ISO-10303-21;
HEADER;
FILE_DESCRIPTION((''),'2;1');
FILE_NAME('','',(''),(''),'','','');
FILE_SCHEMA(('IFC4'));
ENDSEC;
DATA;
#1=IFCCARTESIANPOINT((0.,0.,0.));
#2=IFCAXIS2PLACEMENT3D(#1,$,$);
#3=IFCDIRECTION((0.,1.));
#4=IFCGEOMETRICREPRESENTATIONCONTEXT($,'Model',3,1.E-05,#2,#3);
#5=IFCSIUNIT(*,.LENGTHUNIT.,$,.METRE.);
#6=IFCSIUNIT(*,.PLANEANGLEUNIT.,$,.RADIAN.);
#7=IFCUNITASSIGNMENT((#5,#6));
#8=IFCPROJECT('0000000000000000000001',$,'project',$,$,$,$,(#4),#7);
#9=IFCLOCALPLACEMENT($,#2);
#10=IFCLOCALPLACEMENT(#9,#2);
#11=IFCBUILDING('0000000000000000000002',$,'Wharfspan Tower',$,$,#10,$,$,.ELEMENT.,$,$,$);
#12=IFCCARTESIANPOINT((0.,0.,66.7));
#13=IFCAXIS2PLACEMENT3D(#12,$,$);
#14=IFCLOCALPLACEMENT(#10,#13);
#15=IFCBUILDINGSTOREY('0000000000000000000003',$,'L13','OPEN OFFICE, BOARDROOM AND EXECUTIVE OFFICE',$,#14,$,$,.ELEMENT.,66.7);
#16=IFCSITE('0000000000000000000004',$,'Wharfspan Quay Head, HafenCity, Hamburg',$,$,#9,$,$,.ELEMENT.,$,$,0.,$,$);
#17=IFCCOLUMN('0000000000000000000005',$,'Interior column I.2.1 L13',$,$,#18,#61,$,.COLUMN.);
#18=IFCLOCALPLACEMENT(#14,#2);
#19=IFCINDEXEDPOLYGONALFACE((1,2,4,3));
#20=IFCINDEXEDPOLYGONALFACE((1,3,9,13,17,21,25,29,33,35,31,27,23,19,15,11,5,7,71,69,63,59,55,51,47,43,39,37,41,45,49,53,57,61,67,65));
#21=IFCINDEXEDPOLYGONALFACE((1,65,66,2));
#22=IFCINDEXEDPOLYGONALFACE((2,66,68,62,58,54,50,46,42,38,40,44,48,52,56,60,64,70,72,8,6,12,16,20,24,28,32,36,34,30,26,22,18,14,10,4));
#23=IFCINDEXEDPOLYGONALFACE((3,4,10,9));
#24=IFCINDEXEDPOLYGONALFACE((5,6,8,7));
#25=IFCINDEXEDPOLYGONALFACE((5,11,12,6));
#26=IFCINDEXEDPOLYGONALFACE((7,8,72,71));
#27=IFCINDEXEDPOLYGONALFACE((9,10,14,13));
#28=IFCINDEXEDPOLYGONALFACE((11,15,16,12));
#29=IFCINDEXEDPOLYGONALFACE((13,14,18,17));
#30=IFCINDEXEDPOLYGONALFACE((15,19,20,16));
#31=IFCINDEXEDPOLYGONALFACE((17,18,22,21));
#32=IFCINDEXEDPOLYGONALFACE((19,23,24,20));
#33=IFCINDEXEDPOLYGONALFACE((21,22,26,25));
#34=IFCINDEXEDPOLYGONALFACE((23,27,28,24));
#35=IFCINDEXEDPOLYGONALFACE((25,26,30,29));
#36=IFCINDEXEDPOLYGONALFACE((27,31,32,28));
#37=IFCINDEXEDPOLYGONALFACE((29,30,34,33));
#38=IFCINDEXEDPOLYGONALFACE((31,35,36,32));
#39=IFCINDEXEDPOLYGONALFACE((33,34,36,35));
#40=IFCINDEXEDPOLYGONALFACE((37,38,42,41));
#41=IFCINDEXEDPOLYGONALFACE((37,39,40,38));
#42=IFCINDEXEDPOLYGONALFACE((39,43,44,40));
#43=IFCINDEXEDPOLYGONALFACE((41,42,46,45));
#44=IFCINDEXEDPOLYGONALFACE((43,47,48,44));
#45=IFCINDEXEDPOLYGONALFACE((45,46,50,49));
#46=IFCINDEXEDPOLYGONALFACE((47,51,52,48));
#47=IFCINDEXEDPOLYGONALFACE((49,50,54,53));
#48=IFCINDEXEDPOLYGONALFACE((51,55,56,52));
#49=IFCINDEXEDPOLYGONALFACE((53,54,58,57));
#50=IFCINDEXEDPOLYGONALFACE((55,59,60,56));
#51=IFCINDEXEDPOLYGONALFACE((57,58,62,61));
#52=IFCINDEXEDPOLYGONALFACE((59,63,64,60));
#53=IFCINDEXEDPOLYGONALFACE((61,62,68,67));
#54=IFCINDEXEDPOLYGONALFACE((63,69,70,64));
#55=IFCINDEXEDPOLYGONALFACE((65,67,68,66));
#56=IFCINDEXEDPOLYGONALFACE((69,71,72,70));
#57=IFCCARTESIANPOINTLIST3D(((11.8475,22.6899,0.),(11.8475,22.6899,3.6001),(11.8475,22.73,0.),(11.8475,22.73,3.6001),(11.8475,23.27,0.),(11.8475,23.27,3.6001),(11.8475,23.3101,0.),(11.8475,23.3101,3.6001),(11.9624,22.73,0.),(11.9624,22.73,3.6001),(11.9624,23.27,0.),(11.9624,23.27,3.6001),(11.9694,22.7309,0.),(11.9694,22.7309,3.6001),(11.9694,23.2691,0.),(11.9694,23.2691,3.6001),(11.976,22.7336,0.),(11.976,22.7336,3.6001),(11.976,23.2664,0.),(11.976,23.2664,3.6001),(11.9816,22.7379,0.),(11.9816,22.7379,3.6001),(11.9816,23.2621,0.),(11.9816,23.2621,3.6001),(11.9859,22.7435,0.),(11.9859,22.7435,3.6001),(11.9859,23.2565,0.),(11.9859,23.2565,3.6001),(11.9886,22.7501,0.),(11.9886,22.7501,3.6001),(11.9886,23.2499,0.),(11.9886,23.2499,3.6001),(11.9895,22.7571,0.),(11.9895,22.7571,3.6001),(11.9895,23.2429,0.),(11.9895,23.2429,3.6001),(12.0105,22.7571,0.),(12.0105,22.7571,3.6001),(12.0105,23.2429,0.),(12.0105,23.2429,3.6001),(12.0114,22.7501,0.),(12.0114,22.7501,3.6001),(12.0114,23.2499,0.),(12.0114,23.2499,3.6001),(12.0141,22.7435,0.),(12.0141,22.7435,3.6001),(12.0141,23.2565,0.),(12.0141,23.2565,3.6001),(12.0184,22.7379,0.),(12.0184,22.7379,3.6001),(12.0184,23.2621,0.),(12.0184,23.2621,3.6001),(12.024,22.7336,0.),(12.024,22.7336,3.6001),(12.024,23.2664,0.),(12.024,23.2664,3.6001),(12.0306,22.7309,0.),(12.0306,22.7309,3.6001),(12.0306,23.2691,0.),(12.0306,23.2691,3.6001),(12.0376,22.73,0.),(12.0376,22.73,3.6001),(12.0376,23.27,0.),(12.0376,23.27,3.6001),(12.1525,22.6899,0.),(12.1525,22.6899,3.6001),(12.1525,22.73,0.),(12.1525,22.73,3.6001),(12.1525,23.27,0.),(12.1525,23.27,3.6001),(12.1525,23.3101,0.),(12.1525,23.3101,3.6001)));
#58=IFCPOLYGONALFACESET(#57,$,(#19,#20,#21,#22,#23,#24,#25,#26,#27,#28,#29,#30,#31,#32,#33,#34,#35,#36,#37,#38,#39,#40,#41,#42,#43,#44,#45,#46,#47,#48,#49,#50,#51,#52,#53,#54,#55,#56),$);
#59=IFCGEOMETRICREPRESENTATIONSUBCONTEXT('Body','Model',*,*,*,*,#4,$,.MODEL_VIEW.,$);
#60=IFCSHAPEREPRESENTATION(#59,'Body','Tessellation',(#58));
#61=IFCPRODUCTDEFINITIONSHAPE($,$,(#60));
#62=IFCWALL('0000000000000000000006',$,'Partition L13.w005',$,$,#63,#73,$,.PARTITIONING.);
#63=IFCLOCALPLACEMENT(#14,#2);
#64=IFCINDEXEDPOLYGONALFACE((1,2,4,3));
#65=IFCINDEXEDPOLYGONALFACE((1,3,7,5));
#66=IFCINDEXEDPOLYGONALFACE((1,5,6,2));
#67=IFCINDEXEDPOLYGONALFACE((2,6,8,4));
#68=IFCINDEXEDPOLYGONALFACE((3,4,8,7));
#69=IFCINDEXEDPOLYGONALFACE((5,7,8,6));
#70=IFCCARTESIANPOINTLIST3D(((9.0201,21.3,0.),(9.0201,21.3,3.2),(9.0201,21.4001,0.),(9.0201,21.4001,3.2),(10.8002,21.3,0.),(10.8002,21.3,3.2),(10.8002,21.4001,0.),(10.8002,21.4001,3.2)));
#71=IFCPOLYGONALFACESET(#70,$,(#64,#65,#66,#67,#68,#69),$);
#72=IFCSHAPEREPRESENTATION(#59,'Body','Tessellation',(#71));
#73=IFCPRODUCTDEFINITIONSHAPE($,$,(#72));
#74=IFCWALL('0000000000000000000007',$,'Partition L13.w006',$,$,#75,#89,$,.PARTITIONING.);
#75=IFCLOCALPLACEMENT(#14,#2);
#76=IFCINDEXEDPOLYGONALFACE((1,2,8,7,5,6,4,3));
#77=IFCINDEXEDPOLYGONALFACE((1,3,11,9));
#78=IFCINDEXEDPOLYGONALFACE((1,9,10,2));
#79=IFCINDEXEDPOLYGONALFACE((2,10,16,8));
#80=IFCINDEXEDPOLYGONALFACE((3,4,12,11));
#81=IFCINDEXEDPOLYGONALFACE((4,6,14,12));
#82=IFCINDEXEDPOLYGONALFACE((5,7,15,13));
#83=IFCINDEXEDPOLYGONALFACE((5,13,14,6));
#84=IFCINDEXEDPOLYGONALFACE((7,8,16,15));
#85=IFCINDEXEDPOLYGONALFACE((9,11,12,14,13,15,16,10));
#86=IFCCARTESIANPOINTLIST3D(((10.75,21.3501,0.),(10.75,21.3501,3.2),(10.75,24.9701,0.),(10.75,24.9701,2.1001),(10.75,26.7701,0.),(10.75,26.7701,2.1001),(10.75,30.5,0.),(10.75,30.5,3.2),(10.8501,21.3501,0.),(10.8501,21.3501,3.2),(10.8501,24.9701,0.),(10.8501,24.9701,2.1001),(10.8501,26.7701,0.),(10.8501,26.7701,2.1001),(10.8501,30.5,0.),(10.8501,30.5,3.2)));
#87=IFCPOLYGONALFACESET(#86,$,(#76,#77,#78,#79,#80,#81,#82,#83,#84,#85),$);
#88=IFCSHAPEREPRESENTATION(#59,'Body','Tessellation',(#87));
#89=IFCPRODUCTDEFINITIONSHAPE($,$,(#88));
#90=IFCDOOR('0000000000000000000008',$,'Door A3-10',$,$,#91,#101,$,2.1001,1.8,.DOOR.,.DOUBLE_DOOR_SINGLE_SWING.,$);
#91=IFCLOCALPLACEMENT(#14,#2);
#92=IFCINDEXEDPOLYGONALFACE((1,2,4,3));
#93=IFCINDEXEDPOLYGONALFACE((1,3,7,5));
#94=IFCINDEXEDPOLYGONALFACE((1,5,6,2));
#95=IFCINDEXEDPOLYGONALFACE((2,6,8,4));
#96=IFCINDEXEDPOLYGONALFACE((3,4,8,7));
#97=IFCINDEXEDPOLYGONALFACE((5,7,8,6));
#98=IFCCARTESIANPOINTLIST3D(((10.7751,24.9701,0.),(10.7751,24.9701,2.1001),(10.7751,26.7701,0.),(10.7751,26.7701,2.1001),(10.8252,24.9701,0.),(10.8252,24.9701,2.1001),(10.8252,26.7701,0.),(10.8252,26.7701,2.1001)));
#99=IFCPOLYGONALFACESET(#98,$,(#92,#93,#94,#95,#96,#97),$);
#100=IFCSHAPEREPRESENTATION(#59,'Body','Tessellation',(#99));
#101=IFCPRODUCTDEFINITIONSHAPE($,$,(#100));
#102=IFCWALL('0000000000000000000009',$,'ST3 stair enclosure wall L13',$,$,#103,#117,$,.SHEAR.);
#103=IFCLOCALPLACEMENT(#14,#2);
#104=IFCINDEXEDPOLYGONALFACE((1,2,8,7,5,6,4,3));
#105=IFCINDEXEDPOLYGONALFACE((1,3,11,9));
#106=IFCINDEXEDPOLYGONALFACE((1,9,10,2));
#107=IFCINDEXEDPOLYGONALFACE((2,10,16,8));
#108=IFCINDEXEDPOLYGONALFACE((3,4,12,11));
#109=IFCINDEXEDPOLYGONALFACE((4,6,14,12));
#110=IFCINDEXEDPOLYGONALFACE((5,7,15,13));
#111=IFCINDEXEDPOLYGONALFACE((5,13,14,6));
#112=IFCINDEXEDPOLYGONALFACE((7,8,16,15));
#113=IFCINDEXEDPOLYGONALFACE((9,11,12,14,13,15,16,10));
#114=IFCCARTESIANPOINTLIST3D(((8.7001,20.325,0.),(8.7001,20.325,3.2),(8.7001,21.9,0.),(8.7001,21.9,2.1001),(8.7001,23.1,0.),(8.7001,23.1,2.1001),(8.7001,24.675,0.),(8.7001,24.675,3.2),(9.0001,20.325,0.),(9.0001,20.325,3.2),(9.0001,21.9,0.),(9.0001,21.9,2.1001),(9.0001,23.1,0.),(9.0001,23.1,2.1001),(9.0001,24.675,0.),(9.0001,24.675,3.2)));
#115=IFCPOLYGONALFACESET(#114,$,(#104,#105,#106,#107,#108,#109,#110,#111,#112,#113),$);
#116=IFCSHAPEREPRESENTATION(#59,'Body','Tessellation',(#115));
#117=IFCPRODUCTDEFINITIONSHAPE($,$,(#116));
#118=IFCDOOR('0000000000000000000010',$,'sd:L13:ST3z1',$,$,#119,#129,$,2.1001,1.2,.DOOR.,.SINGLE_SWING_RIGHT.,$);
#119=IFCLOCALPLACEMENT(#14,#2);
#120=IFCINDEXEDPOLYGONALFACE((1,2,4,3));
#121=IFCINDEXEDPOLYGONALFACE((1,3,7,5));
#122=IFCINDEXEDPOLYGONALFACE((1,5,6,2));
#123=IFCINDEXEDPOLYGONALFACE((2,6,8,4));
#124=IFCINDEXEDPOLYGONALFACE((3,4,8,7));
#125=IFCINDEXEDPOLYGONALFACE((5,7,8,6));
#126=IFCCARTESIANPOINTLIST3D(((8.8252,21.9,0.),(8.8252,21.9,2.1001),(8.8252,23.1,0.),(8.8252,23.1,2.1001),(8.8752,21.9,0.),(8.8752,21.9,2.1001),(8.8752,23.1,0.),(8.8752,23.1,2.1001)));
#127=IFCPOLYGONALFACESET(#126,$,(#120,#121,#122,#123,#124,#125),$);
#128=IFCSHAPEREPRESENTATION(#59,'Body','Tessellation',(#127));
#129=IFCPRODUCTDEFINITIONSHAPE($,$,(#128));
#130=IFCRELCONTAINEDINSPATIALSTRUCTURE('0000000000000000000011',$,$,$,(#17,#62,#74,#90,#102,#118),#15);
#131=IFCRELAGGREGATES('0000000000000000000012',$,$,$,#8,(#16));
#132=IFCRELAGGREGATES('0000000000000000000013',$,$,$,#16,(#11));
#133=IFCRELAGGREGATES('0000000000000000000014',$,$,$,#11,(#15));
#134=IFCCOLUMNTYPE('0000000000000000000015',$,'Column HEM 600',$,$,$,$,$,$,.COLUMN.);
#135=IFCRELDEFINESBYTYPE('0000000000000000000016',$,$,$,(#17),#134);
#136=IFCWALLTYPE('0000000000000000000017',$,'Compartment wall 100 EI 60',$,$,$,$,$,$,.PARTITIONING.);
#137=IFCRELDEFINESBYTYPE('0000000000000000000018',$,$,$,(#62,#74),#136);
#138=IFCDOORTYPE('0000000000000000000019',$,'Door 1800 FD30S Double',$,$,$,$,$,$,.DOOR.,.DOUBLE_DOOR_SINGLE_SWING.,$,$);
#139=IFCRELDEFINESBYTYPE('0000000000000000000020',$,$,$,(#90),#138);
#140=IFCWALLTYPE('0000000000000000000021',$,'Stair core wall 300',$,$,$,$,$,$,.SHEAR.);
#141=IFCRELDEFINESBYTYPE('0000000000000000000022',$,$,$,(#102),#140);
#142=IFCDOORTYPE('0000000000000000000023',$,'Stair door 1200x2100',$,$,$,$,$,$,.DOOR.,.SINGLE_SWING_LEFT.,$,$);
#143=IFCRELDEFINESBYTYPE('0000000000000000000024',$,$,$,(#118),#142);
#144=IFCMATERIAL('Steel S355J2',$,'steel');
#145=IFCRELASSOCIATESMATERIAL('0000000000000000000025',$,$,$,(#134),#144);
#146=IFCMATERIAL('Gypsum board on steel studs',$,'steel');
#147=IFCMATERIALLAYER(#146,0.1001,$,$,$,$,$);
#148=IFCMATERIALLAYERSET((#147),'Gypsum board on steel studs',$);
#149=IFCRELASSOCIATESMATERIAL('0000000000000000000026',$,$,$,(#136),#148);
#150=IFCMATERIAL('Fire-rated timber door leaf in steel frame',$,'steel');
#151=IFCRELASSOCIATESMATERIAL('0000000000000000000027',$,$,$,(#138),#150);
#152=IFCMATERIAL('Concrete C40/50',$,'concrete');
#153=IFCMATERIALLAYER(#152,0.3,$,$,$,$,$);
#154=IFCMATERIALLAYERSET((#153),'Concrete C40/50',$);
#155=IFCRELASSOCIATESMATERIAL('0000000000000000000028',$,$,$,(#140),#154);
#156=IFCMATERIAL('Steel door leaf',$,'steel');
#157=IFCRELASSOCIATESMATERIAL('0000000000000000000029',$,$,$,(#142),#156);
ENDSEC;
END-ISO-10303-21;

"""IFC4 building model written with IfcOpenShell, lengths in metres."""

from ifc_helpers import new_model, si_unit, direction, frame, frame_2d, origin, origin_2d, place, context, subcontext, project, spatial, rectangle, i_section, extrude, material, layer, layer_set, material_profile, profile_set, type_object, element, fill, save


model = new_model("IFC4")

# Units and contexts
model_context = context("Model", 3, precision=1e-05, world=origin(), true_north=direction((0.0, 1.0)))
body_context = subcontext(model_context, "Body", "Model", "MODEL_VIEW")
ifc_project = project(units=[si_unit("LENGTHUNIT", "METRE"), si_unit("PLANEANGLEUNIT", "RADIAN")], contexts=[model_context])

# Site, building, storey
site_placement = place(None, origin())
site = spatial("IfcSite", under=ifc_project, at=site_placement, Name="Wharfspan Quay Head, HafenCity, Hamburg", CompositionType="ELEMENT", RefElevation=0.0)
building_placement = place(site_placement, origin())
building = spatial("IfcBuilding", under=site, at=building_placement, Name="Wharfspan Tower", CompositionType="ELEMENT")
storey_placement = place(building_placement, frame((0.0, 0.0, 66.7)))
storey = spatial("IfcBuildingStorey", under=building, at=storey_placement, Name="L13", Description="OPEN OFFICE, BOARDROOM AND EXECUTIVE OFFICE", CompositionType="ELEMENT", Elevation=66.7)

# Column
ifc_material_1 = material(Name="Steel S355J2", Category="steel")
ifc_material_profile = material_profile(ifc_material_1, i_section(OverallWidth=0.3049, OverallDepth=0.6201, WebThickness=0.021, FlangeThickness=0.04, FilletRadius=0.0271, at=origin_2d()))
ifc_profile_set = profile_set([ifc_material_profile], Name="Steel S355J2")
column_type = type_object("IfcColumnType", Name="Column HEM 600", PredefinedType="COLUMN", material=ifc_profile_set)
column_placement = place(storey_placement, frame((12.0, 23.0, 0.0), z_axis=(0.0, 0.0, 1.0), x_axis=(1.0, 0.0, 0.0)))
element("IfcColumn", 1, at=column_placement, inside=storey, type_object=column_type, Name="Interior column I.2.1 L13", PredefinedType="COLUMN", context=body_context, shape_type="SweptSolid", body=[
    extrude(i_section(OverallWidth=0.3049, OverallDepth=0.6201, WebThickness=0.021, FlangeThickness=0.04, FilletRadius=0.0271, at=origin_2d()), origin(), (0.0, 0.0, 1.0), 3.6001),
])

# Wall
ifc_material_2 = material(Name="Gypsum board on steel studs", Category="steel")
ifc_layer_1 = layer(ifc_material_2, 0.1001)
ifc_layer_set_1 = layer_set([ifc_layer_1], Name="Gypsum board on steel studs")
wall_type_1 = type_object("IfcWallType", Name="Compartment wall 100 EI 60", PredefinedType="PARTITIONING", material=ifc_layer_set_1)
wall_1_placement = place(storey_placement, frame((9.02, 21.3501, 0.0), z_axis=(0.0, 0.0, 1.0), x_axis=(1.0, 0.0, 0.0)))
element("IfcWall", 2, at=wall_1_placement, inside=storey, type_object=wall_type_1, Name="Partition L13.w005", PredefinedType="PARTITIONING", context=body_context, shape_type="SweptSolid", body=[
    extrude(rectangle(XDim=1.78, YDim=0.1001, at=frame_2d((0.8901, 0.0))), origin(), (0.0, 0.0, 1.0), 3.2),
])

# Walls, openings, doors
wall_2_placement = place(storey_placement, frame((10.8, 21.3501, 0.0), z_axis=(0.0, 0.0, 1.0), x_axis=(0.0, 1.0, 0.0)))
wall_2 = element("IfcWall", 3, at=wall_2_placement, inside=storey, type_object=wall_type_1, Name="Partition L13.w006", PredefinedType="PARTITIONING", context=body_context, shape_type="SweptSolid", body=[
    extrude(rectangle(XDim=9.1499, YDim=0.1001, at=frame_2d((4.575, 0.0))), origin(), (0.0, 0.0, 1.0), 3.2),
])
opening_1_placement = place(wall_2_placement, frame((3.6201, 0.0, 0.0)))
opening_1 = element("IfcOpeningElement", 4, at=opening_1_placement, cuts=wall_2, PredefinedType="OPENING", context=body_context, shape_type="SweptSolid", body=[
    extrude(rectangle(XDim=1.8, YDim=2.1001, at=frame_2d((0.8999, 1.05))), frame((0.0, 0.0601, 0.0), z_axis=(0.0, -1.0, 0.0), x_axis=(1.0, 0.0, 0.0)), (0.0, 0.0, 1.0), 0.1201),
])
ifc_material_3 = material(Name="Fire-rated timber door leaf in steel frame", Category="steel")
door_type_1 = type_object("IfcDoorType", Name="Door 1800 FD30S Double", OperationType="DOUBLE_DOOR_SINGLE_SWING", PredefinedType="DOOR", material=ifc_material_3)
door_1_placement = place(opening_1_placement, origin())
door_1 = element("IfcDoor", 5, at=door_1_placement, inside=storey, type_object=door_type_1, Name="Door A3-10", OperationType="DOUBLE_DOOR_SINGLE_SWING", OverallHeight=2.1001, OverallWidth=1.8, PredefinedType="DOOR", context=body_context, shape_type="SweptSolid", body=[
    extrude(rectangle(XDim=1.8, YDim=2.1001, at=frame_2d((0.8999, 1.05))), frame((0.0, 0.0249, 0.0), z_axis=(0.0, -1.0, 0.0), x_axis=(1.0, 0.0, 0.0)), (0.0, 0.0, 1.0), 0.05),
])
fill(opening_1, door_1)
ifc_material_4 = material(Name="Concrete C40/50", Category="concrete")
ifc_layer_2 = layer(ifc_material_4, 0.3)
ifc_layer_set_2 = layer_set([ifc_layer_2], Name="Concrete C40/50")
wall_type_2 = type_object("IfcWallType", Name="Stair core wall 300", PredefinedType="SHEAR", material=ifc_layer_set_2)
wall_3_placement = place(storey_placement, frame((8.8501, 20.325, 0.0), z_axis=(0.0, 0.0, 1.0), x_axis=(0.0, 1.0, 0.0)))
wall_3 = element("IfcWall", 6, at=wall_3_placement, inside=storey, type_object=wall_type_2, Name="ST3 stair enclosure wall L13", PredefinedType="SHEAR", context=body_context, shape_type="SweptSolid", body=[
    extrude(rectangle(XDim=4.3501, YDim=0.3, at=frame_2d((2.175, 0.0))), origin(), (0.0, 0.0, 1.0), 3.2),
])
opening_2_placement = place(wall_3_placement, frame((1.575, 0.0, 0.0)))
opening_2 = element("IfcOpeningElement", 7, at=opening_2_placement, cuts=wall_3, PredefinedType="OPENING", context=body_context, shape_type="SweptSolid", body=[
    extrude(rectangle(XDim=1.2, YDim=2.1001, at=frame_2d((0.6001, 1.05))), frame((0.0, 0.1599, 0.0), z_axis=(0.0, -1.0, 0.0), x_axis=(1.0, 0.0, 0.0)), (0.0, 0.0, 1.0), 0.3201),
])
ifc_material_5 = material(Name="Steel door leaf", Category="steel")
door_type_2 = type_object("IfcDoorType", Name="Stair door 1200x2100", OperationType="SINGLE_SWING_LEFT", PredefinedType="DOOR", material=ifc_material_5)
door_2_placement = place(opening_2_placement, origin())
door_2 = element("IfcDoor", 8, at=door_2_placement, inside=storey, type_object=door_type_2, Name="sd:L13:ST3z1", OperationType="SINGLE_SWING_RIGHT", OverallHeight=2.1001, OverallWidth=1.2, PredefinedType="DOOR", context=body_context, shape_type="SweptSolid", body=[
    extrude(rectangle(XDim=1.2, YDim=2.1001, at=frame_2d((0.6001, 1.05))), frame((0.0, 0.0249, 0.0), z_axis=(0.0, -1.0, 0.0), x_axis=(1.0, 0.0, 0.0)), (0.0, 0.0, 1.0), 0.05),
])
fill(opening_2, door_2)

save(model, "model.ifc")
